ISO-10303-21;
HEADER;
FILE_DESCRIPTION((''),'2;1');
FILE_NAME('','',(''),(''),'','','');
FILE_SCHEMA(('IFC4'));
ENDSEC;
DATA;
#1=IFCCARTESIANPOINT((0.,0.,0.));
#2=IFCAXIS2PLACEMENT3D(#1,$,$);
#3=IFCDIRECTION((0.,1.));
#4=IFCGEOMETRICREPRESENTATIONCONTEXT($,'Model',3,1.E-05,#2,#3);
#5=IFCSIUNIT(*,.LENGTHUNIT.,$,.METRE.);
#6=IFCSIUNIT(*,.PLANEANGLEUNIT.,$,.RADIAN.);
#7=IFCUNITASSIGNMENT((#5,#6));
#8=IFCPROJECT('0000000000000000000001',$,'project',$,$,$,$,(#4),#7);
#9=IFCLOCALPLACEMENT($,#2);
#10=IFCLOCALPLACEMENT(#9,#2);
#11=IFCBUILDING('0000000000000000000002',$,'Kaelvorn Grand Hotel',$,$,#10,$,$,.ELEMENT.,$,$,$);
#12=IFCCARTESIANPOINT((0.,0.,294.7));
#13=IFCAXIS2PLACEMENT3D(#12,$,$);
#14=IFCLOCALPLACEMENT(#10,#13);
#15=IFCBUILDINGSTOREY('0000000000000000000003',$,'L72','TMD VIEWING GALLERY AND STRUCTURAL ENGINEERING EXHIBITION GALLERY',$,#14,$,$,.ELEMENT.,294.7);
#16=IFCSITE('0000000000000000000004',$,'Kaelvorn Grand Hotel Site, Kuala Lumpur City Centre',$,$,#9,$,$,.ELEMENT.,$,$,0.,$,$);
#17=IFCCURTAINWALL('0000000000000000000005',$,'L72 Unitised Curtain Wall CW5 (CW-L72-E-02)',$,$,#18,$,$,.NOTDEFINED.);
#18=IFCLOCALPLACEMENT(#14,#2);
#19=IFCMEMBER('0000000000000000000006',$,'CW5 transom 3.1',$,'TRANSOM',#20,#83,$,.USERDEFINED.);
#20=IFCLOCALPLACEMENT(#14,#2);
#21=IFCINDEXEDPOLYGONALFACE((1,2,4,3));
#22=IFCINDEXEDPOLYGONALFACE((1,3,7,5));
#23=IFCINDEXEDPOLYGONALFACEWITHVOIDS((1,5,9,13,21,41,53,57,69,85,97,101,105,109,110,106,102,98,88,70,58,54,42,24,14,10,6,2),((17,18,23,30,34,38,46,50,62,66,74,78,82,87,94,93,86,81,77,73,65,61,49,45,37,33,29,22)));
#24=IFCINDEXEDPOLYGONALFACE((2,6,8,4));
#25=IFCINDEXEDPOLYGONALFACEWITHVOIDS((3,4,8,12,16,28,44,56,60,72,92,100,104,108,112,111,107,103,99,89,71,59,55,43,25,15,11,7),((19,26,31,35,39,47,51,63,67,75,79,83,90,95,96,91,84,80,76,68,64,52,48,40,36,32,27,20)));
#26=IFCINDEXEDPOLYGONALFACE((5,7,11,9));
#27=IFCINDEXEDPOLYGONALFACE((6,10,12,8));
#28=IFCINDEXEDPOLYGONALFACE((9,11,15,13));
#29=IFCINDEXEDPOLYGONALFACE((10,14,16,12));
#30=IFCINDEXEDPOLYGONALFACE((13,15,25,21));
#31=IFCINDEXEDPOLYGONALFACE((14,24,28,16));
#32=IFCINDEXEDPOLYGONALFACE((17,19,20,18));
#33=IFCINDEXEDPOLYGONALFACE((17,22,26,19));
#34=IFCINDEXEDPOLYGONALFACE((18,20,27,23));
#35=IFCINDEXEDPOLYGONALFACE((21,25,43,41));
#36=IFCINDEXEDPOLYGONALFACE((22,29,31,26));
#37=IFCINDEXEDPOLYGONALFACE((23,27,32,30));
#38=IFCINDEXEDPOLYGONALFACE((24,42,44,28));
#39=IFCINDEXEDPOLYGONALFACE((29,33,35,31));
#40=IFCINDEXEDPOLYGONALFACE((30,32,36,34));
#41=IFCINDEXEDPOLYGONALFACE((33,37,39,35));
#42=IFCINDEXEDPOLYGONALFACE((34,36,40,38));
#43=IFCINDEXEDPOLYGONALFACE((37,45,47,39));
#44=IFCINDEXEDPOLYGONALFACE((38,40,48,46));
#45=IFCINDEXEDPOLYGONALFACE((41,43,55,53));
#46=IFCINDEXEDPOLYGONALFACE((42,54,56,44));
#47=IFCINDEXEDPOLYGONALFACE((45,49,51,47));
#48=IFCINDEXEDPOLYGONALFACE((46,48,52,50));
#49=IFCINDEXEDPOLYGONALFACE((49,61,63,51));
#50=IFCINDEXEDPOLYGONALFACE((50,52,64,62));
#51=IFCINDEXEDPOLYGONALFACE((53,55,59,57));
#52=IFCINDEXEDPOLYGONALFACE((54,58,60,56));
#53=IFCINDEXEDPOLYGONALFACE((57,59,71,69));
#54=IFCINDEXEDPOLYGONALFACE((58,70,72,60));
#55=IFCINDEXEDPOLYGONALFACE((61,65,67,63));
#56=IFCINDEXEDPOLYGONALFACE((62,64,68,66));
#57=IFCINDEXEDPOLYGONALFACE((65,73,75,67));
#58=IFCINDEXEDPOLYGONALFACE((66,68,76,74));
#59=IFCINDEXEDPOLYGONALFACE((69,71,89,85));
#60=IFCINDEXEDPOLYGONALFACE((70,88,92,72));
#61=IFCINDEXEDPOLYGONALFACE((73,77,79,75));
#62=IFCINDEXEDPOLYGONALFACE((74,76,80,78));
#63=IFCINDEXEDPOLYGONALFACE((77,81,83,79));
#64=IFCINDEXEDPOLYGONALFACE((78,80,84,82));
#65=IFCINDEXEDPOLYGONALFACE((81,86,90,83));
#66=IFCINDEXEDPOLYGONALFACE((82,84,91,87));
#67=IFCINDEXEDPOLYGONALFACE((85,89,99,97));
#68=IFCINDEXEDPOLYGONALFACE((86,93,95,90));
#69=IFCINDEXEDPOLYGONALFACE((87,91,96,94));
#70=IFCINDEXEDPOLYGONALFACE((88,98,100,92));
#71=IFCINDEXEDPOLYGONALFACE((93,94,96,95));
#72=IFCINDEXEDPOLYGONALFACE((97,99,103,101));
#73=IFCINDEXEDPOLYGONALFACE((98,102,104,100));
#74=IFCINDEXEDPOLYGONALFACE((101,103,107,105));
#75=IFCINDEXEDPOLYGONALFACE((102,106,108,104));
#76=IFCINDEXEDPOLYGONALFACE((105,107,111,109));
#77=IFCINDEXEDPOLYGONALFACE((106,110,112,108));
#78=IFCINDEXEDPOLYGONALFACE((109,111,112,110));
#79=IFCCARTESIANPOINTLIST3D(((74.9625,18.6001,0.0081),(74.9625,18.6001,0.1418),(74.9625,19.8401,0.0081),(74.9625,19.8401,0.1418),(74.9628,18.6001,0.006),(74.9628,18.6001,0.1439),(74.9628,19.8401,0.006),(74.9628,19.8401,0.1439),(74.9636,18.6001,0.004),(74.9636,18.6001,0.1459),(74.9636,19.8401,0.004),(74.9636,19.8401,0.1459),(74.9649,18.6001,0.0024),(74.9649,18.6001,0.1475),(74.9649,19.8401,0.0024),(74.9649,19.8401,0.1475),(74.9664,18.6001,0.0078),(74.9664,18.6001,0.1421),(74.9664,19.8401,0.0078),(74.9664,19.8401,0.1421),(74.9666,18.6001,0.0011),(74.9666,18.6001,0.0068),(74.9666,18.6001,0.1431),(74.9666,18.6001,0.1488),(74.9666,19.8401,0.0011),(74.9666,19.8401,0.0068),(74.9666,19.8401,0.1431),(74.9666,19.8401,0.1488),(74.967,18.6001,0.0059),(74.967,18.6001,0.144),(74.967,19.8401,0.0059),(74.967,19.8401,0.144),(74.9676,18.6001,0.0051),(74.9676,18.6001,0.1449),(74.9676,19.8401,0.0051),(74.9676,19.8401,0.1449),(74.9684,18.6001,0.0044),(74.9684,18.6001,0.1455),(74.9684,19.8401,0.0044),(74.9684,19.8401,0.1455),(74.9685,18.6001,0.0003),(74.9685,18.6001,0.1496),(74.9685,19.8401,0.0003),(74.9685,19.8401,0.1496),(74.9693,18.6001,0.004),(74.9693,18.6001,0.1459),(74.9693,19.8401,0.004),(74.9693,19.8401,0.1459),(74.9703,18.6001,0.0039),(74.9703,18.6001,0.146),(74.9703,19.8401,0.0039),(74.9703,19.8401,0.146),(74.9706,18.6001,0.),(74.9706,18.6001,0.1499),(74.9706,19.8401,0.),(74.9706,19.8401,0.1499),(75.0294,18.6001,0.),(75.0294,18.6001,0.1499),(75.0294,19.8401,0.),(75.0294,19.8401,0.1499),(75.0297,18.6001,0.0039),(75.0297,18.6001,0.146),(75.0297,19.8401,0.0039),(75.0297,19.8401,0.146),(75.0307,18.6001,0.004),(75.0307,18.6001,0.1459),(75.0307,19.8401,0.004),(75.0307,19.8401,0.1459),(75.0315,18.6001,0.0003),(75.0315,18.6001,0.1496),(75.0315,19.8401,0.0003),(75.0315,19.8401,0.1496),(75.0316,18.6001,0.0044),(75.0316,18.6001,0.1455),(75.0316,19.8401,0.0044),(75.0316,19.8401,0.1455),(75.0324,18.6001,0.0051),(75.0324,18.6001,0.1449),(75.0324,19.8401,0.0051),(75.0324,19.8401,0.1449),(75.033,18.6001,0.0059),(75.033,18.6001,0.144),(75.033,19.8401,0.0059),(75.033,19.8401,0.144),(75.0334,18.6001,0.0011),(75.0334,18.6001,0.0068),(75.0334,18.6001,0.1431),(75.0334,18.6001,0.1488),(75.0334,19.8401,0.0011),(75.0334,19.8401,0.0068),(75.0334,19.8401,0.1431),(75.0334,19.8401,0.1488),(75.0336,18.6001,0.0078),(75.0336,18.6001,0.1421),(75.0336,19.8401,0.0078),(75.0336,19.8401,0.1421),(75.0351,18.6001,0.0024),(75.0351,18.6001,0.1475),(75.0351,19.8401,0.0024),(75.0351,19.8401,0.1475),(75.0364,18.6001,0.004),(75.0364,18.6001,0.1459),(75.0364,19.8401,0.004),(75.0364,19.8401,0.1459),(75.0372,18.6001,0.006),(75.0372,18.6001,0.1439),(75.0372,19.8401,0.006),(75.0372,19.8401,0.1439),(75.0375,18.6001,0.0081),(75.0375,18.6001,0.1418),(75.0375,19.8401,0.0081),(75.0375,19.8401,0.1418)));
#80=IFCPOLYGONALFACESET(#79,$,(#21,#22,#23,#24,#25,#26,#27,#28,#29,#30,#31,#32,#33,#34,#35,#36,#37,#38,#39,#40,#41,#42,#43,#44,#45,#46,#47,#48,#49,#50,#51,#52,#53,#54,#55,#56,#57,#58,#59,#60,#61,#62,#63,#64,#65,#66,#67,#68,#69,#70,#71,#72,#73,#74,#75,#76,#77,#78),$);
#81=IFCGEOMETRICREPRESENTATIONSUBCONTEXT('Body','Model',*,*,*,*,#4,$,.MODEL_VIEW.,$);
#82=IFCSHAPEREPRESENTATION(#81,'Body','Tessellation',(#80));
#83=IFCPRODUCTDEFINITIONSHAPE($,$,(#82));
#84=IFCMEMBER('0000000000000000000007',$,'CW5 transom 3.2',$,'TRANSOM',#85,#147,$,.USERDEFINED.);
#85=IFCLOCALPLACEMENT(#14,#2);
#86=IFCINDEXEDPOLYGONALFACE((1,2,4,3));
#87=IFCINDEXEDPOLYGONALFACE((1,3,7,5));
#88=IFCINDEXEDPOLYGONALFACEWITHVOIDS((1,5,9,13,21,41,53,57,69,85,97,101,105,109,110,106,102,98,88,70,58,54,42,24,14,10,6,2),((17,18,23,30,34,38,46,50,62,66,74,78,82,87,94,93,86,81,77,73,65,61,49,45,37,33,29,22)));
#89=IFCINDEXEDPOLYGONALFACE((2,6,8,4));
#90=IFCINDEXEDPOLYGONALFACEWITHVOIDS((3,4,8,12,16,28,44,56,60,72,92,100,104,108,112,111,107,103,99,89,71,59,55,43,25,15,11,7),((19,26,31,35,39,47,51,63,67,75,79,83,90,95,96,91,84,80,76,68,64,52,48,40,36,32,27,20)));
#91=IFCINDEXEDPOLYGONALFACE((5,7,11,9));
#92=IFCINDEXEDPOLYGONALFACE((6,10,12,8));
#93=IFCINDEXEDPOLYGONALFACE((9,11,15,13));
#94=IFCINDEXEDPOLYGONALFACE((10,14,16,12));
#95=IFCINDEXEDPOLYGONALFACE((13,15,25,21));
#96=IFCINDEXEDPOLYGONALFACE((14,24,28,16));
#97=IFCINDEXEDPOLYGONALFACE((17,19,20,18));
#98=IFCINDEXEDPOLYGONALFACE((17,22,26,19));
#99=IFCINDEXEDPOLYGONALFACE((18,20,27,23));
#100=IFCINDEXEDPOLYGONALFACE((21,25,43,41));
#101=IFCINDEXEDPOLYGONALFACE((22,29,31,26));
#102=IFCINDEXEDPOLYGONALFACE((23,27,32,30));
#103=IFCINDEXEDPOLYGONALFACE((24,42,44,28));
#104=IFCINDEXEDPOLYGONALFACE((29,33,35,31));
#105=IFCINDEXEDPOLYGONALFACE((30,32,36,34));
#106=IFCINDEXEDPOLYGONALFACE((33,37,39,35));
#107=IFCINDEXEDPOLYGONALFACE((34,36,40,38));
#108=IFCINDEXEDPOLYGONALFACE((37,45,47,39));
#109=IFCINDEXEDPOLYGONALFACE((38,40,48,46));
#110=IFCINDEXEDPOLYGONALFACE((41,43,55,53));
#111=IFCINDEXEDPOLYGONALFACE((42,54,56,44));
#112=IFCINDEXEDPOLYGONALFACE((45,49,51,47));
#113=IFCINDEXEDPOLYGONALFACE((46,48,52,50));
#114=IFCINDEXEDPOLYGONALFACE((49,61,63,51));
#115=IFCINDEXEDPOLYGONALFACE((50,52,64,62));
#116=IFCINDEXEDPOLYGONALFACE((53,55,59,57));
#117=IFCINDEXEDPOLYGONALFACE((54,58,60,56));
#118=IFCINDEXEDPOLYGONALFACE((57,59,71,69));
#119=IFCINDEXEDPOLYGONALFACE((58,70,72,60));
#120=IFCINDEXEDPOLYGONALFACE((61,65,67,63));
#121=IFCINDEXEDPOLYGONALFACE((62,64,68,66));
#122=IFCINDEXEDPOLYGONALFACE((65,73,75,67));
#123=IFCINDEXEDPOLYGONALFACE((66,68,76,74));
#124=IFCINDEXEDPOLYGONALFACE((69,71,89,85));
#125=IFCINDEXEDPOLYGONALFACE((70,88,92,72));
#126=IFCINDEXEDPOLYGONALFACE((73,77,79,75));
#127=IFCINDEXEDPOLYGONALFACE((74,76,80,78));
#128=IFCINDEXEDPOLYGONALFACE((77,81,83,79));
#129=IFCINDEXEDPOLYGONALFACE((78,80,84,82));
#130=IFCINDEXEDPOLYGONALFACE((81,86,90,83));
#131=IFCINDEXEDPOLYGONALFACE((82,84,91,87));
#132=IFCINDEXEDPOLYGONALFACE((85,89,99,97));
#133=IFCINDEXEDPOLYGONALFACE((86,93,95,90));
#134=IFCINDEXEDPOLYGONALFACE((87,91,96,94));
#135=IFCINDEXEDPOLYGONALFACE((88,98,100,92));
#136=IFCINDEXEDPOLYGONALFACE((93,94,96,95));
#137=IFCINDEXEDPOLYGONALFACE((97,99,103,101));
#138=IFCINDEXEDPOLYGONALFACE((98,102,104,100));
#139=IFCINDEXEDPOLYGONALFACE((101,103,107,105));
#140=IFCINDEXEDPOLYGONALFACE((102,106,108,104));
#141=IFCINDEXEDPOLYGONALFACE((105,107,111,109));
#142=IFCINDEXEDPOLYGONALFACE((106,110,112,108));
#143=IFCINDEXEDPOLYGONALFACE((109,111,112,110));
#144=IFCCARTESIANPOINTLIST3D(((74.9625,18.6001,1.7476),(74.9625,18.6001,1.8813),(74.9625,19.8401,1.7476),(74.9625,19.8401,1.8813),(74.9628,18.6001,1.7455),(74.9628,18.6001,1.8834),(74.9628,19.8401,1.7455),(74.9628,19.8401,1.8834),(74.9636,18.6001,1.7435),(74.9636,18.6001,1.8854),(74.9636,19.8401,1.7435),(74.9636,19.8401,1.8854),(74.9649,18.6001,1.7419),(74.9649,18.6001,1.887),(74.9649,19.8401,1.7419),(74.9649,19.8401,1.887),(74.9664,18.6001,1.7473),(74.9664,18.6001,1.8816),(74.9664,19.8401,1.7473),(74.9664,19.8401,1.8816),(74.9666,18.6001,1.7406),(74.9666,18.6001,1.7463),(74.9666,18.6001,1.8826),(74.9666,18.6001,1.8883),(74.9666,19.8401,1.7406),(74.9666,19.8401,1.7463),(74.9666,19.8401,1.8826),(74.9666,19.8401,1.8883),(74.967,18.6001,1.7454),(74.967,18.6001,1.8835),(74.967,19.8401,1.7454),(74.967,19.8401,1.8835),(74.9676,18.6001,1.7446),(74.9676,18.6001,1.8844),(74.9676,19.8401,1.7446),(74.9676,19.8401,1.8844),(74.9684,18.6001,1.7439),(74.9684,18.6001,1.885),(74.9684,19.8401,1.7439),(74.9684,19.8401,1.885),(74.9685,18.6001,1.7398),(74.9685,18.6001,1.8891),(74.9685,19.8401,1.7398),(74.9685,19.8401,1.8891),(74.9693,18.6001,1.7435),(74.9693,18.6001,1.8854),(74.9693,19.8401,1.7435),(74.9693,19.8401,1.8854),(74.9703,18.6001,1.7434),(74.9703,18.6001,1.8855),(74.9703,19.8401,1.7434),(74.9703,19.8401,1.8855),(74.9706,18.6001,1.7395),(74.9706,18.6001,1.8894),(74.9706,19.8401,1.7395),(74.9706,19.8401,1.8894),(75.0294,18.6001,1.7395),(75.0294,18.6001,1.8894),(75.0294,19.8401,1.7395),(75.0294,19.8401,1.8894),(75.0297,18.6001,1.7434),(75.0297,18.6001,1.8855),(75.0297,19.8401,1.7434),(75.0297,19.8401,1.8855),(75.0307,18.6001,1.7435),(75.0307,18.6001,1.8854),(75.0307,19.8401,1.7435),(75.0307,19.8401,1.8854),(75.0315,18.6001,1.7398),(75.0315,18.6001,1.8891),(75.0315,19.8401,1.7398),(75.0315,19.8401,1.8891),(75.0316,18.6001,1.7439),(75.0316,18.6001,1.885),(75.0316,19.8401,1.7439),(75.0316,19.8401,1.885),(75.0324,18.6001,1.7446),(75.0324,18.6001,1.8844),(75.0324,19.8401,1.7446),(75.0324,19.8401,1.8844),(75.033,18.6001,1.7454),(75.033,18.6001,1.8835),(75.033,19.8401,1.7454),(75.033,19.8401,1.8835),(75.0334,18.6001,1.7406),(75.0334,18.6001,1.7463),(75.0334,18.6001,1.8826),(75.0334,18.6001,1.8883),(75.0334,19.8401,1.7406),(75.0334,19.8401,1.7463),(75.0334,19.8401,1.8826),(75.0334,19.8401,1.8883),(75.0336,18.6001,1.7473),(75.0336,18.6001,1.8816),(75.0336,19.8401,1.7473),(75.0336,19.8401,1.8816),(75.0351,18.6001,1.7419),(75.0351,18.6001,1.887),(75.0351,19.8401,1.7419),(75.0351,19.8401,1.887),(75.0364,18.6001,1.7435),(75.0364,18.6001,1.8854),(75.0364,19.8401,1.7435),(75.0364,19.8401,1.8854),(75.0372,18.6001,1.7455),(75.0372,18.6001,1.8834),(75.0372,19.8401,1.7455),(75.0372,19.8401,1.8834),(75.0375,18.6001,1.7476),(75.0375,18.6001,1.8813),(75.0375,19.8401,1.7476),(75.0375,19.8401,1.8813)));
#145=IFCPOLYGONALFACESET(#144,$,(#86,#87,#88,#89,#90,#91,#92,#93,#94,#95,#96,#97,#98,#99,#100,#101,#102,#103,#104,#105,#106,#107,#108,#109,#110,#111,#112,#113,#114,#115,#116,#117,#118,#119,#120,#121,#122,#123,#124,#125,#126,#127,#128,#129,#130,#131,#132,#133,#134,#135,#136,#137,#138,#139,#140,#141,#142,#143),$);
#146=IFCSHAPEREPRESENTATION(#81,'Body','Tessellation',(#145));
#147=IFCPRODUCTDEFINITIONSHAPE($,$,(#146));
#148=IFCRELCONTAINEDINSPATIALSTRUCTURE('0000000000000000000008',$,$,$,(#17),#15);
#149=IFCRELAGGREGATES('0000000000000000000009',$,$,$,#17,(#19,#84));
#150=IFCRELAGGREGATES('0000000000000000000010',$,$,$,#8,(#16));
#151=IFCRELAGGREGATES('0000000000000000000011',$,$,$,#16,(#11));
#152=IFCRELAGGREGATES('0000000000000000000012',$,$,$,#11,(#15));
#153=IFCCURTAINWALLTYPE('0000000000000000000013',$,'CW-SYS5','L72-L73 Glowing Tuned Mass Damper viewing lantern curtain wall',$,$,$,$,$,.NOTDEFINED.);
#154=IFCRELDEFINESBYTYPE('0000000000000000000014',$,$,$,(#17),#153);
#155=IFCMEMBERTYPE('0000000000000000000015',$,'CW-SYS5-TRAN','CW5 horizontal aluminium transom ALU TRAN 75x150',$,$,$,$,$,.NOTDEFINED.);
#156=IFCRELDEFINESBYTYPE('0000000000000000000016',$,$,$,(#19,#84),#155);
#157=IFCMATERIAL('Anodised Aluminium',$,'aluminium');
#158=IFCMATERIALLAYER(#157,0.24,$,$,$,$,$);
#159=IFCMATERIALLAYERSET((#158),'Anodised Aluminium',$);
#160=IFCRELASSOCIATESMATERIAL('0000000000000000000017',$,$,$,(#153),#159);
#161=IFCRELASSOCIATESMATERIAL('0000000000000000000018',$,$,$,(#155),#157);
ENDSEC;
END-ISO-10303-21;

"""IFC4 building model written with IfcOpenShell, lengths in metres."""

from ifc_helpers import new_model, si_unit, direction, frame, origin, origin_2d, place, context, subcontext, project, spatial, hollow_rectangle, extrude, material, layer, layer_set, material_profile, profile_set, type_object, element, aggregate, save


model = new_model("IFC4")

# Units and contexts
model_context = context("Model", 3, precision=1e-05, world=origin(), true_north=direction((0.0, 1.0)))
body_context = subcontext(model_context, "Body", "Model", "MODEL_VIEW")
ifc_project = project(units=[si_unit("LENGTHUNIT", "METRE"), si_unit("PLANEANGLEUNIT", "RADIAN")], contexts=[model_context])

# Site, building, storey
site_placement = place(None, origin())
site = spatial("IfcSite", under=ifc_project, at=site_placement, Name="Kaelvorn Grand Hotel Site, Kuala Lumpur City Centre", CompositionType="ELEMENT", RefElevation=0.0)
building_placement = place(site_placement, origin())
building = spatial("IfcBuilding", under=site, at=building_placement, Name="Kaelvorn Grand Hotel", CompositionType="ELEMENT")
storey_placement = place(building_placement, frame((0.0, 0.0, 294.7)))
storey = spatial("IfcBuildingStorey", under=building, at=storey_placement, Name="L72", Description="TMD VIEWING GALLERY AND STRUCTURAL ENGINEERING EXHIBITION GALLERY", CompositionType="ELEMENT", Elevation=294.7)

# Curtain wall, members
ifc_material_1 = material(Name="Anodised Aluminium", Category="aluminium")
ifc_layer_1 = layer(ifc_material_1, 0.24)
ifc_layer_set_1 = layer_set([ifc_layer_1], Name="Anodised Aluminium")
curtain_wall_type = type_object("IfcCurtainWallType", Name="CW-SYS5", Description="L72-L73 Glowing Tuned Mass Damper viewing lantern curtain wall", PredefinedType="NOTDEFINED", material=ifc_layer_set_1)
curtain_wall_placement = place(storey_placement, origin())
curtain_wall = element("IfcCurtainWall", 1, at=curtain_wall_placement, inside=storey, type_object=curtain_wall_type, Name="L72 Unitised Curtain Wall CW5 (CW-L72-E-02)", PredefinedType="NOTDEFINED")
ifc_material_profile_1 = material_profile(ifc_material_1, hollow_rectangle(XDim=0.075, YDim=0.1499, WallThickness=0.0039, InnerFilletRadius=0.0039, OuterFilletRadius=0.0081, at=origin_2d()), Name="ALU TRAN 75x150")
ifc_profile_set_1 = profile_set([ifc_material_profile_1], Name="Anodised Aluminium")
member_type_1 = type_object("IfcMemberType", Name="CW-SYS5-TRAN", Description="CW5 horizontal aluminium transom ALU TRAN 75x150", PredefinedType="NOTDEFINED", material=ifc_profile_set_1)
member_1_placement = place(storey_placement, frame((75.0, 18.6001, 0.075), z_axis=(0.0, 1.0, 0.0), x_axis=(-1.0, 0.0, 0.0)))
member_1 = element("IfcMember", 2, at=member_1_placement, type_object=member_type_1, Name="CW5 transom 3.1", ObjectType="TRANSOM", PredefinedType="USERDEFINED", context=body_context, shape_type="SweptSolid", body=[
    extrude(hollow_rectangle(XDim=0.075, YDim=0.1499, WallThickness=0.0039, InnerFilletRadius=0.0039, OuterFilletRadius=0.0081, at=origin_2d()), origin(), (0.0, 0.0, 1.0), 1.24),
])
member_2_placement = place(storey_placement, frame((75.0, 18.6001, 1.8145), z_axis=(0.0, 1.0, 0.0), x_axis=(-1.0, 0.0, 0.0)))
member_2 = element("IfcMember", 3, at=member_2_placement, type_object=member_type_1, Name="CW5 transom 3.2", ObjectType="TRANSOM", PredefinedType="USERDEFINED", context=body_context, shape_type="SweptSolid", body=[
    extrude(hollow_rectangle(XDim=0.075, YDim=0.1499, WallThickness=0.0039, InnerFilletRadius=0.0039, OuterFilletRadius=0.0081, at=origin_2d()), origin(), (0.0, 0.0, 1.0), 1.24),
])
aggregate(curtain_wall, [member_1, member_2])

save(model, "model.ifc")
